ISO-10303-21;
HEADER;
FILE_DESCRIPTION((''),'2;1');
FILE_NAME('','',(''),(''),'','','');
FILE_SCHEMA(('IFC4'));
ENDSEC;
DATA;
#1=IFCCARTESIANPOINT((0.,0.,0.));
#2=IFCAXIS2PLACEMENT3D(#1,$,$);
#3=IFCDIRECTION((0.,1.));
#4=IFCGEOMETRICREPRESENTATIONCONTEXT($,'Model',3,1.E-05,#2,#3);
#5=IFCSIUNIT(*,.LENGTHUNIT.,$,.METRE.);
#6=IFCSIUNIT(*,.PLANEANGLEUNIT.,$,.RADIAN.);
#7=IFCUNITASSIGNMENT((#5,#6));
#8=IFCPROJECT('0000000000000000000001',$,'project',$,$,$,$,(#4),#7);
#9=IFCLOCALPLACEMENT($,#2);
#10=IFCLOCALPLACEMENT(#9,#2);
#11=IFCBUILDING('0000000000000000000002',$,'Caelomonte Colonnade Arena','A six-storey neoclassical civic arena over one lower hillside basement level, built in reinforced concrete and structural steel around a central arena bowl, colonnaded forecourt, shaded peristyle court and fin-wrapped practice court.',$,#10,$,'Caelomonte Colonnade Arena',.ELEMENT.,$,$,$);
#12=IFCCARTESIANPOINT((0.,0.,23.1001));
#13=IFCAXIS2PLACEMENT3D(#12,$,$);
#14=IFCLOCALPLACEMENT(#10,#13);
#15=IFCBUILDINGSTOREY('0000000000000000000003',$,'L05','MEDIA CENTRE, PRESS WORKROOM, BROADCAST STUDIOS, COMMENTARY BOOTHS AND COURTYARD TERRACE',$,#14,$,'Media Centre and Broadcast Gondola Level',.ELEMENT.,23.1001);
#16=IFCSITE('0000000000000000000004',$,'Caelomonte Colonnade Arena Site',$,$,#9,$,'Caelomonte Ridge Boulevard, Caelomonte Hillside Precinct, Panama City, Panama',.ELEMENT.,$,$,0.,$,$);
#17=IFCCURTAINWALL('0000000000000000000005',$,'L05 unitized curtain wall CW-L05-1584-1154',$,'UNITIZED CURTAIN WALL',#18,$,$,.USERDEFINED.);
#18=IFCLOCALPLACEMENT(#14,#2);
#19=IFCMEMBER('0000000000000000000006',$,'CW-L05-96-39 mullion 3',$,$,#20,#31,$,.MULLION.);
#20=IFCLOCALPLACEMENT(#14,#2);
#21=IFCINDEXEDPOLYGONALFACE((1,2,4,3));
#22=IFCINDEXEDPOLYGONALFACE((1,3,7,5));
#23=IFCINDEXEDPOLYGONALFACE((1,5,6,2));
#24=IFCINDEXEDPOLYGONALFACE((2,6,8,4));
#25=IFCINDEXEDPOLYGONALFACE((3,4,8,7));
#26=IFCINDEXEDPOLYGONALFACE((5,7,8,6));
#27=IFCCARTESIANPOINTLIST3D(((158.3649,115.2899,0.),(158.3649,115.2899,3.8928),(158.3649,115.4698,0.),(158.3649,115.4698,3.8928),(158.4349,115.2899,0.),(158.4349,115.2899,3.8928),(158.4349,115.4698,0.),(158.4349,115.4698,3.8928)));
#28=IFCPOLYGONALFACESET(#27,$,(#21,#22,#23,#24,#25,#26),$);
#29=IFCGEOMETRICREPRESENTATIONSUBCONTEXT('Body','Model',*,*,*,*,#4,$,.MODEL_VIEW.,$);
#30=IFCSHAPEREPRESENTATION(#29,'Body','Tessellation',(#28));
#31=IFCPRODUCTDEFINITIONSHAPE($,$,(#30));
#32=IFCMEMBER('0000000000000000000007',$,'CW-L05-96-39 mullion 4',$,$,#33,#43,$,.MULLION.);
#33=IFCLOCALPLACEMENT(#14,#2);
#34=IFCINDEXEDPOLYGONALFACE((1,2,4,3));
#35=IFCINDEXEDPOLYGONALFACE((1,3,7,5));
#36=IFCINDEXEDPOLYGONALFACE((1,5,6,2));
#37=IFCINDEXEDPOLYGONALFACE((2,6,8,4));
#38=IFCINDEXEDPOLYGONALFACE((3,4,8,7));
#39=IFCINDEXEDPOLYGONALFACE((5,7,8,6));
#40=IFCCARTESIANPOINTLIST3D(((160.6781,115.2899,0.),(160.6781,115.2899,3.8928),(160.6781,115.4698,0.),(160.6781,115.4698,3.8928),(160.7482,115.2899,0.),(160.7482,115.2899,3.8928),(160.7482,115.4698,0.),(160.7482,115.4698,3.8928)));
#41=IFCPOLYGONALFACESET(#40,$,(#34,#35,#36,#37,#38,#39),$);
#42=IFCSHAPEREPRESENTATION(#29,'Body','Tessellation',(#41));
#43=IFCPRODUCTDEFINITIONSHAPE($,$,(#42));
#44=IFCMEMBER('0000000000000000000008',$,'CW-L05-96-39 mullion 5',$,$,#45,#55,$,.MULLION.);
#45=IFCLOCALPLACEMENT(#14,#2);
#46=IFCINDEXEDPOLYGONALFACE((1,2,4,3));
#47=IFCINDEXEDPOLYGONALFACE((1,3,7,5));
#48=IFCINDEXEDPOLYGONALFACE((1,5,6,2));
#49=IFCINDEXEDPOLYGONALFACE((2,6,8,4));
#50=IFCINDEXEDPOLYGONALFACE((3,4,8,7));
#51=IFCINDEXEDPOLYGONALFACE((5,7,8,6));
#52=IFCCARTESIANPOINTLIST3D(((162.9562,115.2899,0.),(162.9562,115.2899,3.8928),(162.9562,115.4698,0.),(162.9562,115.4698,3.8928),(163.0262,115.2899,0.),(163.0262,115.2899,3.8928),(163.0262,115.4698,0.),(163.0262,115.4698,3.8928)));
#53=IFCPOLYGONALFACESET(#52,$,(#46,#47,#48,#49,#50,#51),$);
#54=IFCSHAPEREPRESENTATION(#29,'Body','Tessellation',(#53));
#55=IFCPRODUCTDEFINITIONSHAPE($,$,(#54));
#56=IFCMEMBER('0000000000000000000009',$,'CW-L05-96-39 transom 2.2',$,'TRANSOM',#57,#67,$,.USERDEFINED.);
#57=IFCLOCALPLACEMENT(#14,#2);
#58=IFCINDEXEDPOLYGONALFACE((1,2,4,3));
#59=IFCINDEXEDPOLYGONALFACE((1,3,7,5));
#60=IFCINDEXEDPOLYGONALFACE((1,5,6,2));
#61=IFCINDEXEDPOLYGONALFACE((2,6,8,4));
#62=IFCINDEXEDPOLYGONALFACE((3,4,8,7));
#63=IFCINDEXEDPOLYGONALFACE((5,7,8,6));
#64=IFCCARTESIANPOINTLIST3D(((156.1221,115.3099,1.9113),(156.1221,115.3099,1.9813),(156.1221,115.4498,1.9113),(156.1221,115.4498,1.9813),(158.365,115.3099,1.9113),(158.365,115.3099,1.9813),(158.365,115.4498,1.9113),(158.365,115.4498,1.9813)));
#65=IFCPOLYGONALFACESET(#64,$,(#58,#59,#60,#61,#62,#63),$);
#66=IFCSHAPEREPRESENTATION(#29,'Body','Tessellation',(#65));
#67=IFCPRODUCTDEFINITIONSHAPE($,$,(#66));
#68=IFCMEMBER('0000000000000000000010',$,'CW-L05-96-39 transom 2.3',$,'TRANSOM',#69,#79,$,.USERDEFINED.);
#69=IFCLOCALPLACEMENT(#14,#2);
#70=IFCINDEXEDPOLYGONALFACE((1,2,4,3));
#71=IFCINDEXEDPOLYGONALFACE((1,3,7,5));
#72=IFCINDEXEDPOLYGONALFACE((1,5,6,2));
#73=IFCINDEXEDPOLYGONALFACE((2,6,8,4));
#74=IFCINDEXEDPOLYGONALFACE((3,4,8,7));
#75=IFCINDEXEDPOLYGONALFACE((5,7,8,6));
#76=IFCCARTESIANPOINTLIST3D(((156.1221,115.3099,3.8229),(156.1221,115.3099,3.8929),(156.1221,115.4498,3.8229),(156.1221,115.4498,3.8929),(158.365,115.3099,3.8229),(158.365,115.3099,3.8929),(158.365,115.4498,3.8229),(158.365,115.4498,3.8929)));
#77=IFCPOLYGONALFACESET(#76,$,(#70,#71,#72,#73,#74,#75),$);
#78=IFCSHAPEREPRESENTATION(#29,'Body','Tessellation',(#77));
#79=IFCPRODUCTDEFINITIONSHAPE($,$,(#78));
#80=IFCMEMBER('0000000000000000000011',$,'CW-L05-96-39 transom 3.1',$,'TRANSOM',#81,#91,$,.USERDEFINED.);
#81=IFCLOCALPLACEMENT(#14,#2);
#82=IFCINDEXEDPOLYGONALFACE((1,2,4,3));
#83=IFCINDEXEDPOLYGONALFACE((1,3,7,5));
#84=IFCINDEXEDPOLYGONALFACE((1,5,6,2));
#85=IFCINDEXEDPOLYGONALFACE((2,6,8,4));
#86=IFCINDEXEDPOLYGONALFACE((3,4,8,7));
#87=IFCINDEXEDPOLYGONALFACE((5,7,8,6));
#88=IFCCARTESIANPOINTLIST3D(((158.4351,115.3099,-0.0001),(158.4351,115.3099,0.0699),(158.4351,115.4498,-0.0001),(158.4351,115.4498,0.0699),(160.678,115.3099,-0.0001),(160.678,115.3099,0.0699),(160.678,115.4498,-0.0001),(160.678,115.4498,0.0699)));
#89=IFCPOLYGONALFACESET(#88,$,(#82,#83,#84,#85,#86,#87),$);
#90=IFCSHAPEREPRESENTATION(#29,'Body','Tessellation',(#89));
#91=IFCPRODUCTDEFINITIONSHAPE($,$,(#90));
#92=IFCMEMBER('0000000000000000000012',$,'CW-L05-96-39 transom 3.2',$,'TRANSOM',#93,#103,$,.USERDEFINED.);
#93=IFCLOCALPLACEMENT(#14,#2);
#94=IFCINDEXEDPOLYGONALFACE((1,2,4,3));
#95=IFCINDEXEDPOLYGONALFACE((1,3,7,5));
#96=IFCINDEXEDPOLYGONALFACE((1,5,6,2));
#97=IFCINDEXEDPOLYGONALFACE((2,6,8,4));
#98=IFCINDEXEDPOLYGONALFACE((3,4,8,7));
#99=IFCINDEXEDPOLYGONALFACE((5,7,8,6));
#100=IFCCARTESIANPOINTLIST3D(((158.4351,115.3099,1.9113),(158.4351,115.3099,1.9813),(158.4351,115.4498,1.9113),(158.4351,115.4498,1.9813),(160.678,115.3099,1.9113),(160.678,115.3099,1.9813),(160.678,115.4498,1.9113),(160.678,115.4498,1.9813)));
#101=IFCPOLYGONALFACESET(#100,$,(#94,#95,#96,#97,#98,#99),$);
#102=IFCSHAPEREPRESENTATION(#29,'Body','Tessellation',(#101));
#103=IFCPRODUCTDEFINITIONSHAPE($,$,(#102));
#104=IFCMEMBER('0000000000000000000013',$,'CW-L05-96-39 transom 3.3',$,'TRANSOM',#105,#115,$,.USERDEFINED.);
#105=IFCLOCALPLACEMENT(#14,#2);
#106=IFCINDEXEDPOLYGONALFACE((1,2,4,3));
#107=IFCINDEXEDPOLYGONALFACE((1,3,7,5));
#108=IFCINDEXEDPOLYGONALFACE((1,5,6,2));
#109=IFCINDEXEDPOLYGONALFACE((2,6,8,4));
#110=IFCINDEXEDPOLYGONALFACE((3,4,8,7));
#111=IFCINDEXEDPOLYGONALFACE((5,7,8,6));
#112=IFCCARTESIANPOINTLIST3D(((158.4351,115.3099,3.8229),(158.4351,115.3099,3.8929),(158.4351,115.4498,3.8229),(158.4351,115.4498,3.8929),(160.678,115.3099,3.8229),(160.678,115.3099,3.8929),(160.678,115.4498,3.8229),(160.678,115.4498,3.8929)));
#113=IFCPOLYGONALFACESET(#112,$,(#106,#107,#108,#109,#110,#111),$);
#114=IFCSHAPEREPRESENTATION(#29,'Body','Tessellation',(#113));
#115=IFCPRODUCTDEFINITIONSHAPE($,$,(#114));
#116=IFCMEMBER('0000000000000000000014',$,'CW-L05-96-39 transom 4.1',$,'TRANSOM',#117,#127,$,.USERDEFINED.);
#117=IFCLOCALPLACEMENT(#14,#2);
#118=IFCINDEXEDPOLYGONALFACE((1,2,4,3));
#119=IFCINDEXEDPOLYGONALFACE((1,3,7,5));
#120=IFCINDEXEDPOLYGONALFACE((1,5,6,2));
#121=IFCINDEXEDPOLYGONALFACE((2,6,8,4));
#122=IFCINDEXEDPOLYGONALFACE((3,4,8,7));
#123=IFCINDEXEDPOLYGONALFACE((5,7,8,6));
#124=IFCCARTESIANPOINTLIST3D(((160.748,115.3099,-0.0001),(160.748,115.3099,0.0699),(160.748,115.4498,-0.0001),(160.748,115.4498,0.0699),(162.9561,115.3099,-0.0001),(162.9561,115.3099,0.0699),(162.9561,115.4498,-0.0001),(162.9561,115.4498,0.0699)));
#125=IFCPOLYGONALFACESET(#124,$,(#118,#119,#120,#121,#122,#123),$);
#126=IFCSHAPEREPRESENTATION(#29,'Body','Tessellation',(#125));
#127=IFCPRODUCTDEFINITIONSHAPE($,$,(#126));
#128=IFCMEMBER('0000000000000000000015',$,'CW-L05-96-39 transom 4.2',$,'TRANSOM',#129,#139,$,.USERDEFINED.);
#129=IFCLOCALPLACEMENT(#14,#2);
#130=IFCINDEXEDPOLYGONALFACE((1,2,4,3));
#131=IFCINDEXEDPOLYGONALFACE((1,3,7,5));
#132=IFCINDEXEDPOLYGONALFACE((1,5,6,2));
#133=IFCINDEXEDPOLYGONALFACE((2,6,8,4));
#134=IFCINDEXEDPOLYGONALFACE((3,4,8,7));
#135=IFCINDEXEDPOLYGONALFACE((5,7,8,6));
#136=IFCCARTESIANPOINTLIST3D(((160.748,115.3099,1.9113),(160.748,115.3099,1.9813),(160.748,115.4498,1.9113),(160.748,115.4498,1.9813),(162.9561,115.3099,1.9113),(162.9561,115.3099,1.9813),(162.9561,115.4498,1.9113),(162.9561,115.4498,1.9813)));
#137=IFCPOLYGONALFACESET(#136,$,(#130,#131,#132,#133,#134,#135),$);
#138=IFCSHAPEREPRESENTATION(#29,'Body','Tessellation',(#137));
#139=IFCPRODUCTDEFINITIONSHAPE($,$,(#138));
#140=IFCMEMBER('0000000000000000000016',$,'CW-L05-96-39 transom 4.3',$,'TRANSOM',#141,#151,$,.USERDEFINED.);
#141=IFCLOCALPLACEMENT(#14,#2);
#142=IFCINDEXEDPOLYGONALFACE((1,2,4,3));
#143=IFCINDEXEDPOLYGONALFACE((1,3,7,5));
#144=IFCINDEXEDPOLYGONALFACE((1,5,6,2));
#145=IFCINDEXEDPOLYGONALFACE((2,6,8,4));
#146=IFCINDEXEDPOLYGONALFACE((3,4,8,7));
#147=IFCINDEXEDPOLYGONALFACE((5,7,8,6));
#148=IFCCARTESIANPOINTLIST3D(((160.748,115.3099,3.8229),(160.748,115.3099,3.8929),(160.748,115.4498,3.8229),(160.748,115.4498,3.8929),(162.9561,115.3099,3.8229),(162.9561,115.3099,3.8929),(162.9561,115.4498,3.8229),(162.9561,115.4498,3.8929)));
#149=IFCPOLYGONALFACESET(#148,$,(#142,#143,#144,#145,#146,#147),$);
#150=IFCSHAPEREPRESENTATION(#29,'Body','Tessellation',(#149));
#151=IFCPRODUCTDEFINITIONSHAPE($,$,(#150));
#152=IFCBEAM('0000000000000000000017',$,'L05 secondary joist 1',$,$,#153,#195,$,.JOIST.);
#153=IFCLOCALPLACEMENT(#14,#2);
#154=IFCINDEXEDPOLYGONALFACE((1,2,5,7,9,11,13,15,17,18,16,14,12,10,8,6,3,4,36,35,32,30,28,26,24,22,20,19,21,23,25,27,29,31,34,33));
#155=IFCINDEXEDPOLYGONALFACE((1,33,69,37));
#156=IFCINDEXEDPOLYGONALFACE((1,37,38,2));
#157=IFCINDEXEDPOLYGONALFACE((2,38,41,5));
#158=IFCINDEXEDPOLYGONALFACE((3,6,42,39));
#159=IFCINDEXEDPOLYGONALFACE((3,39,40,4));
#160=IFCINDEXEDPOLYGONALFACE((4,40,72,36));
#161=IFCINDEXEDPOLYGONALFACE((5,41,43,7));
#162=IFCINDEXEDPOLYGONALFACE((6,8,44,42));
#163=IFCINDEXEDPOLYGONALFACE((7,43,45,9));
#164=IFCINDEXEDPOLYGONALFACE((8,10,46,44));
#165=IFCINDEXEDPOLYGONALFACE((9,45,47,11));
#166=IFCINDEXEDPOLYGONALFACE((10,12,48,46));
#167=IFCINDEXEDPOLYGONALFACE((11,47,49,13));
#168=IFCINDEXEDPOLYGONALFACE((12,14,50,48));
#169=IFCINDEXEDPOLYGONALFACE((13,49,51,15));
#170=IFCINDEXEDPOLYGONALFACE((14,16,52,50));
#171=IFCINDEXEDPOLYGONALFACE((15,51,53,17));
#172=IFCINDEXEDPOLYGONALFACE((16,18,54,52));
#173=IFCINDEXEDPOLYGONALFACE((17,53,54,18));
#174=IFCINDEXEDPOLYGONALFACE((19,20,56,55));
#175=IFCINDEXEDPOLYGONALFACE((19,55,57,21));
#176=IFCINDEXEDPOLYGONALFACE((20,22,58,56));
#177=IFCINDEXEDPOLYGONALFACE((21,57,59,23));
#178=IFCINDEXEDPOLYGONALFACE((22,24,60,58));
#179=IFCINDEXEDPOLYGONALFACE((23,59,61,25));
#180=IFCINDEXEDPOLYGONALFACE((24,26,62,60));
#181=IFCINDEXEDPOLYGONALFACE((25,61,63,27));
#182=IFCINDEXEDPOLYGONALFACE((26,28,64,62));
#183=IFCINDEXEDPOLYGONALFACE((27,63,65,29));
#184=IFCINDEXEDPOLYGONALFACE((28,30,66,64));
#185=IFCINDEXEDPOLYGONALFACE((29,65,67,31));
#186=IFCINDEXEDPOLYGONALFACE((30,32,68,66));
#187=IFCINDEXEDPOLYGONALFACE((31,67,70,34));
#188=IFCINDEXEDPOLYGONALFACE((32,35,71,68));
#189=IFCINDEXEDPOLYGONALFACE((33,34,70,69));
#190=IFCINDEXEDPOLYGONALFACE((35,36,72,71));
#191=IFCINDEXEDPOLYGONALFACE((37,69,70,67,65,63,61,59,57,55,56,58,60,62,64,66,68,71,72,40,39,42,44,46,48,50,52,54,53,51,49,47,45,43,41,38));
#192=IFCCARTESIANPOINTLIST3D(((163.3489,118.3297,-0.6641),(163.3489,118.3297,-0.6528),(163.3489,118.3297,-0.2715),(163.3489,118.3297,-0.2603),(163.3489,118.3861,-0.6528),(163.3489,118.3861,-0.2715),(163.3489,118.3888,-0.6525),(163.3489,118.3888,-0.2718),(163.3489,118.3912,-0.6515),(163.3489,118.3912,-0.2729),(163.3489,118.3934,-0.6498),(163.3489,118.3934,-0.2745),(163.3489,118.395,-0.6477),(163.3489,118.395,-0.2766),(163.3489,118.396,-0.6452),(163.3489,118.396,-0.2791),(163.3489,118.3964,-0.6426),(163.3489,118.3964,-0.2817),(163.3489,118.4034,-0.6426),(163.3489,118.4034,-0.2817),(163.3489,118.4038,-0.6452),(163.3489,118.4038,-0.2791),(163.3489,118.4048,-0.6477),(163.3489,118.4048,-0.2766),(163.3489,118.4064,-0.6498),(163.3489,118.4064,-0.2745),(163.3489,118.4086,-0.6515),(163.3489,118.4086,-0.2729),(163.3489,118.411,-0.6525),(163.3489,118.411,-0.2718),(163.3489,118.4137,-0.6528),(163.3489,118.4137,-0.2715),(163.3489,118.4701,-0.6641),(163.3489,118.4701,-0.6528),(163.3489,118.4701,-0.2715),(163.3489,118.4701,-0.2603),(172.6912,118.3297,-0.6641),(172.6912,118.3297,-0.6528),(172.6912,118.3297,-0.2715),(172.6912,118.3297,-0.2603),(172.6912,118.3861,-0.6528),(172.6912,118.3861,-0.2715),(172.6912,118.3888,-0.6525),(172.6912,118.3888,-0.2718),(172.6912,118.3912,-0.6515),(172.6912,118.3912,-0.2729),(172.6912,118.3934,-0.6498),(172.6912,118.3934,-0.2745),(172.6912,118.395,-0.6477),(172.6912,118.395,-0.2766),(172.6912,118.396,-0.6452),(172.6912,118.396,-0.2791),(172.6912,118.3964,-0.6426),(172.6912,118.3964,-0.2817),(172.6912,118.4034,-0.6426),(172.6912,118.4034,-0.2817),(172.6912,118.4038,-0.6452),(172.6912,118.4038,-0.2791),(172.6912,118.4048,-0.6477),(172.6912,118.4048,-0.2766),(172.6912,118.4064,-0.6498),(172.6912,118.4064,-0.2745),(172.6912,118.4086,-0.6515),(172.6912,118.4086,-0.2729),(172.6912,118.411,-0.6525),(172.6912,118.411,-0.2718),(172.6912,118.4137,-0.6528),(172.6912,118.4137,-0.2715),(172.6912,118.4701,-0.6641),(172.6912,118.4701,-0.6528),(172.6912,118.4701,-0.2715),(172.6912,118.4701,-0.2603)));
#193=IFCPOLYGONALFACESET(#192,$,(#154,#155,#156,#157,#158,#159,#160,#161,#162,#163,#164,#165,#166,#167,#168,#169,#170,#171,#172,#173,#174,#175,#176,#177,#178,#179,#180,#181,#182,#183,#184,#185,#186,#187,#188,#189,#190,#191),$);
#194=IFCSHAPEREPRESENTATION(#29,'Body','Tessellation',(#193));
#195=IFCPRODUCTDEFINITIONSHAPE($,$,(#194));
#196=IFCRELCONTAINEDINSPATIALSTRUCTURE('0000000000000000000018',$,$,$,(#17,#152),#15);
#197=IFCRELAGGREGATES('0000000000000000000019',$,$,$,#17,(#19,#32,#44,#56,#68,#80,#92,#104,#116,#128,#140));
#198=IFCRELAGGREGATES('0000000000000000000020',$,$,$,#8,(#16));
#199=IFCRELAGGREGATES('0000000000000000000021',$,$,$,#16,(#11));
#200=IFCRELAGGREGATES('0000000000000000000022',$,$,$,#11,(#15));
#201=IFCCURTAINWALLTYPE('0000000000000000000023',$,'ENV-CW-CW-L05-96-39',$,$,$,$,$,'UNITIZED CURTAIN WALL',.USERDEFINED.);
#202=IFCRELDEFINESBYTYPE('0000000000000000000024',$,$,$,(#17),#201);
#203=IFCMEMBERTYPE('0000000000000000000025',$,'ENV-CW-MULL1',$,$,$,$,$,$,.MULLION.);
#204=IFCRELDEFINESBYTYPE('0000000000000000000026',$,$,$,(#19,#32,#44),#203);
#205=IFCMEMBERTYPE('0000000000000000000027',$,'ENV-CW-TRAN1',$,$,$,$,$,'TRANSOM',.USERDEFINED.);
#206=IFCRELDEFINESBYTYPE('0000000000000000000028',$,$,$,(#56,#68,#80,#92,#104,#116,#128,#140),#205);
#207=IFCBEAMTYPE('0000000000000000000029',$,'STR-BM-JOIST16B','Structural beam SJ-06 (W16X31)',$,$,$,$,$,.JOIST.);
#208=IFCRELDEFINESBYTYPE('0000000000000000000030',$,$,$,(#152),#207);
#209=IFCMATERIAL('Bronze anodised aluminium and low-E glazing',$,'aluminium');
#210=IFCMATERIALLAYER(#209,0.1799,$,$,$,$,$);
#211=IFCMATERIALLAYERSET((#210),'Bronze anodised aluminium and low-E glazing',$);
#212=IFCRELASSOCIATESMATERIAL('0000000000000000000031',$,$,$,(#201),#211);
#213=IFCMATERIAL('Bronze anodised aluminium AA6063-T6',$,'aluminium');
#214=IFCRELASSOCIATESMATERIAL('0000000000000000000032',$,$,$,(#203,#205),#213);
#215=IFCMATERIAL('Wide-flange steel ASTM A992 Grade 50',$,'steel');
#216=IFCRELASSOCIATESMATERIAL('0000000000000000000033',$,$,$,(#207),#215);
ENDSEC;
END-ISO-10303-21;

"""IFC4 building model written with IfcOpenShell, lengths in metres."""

from ifc_helpers import new_model, si_unit, direction, frame, origin, origin_2d, place, context, subcontext, project, spatial, rectangle, i_section, extrude, material, layer, layer_set, material_profile, profile_set, type_object, element, aggregate, save


model = new_model("IFC4")

# Units and contexts
model_context = context("Model", 3, precision=1e-05, world=origin(), true_north=direction((0.0, 1.0)))
body_context = subcontext(model_context, "Body", "Model", "MODEL_VIEW")
ifc_project = project(units=[si_unit("LENGTHUNIT", "METRE"), si_unit("PLANEANGLEUNIT", "RADIAN")], contexts=[model_context])

# Site, building, storey
site_placement = place(None, origin())
site = spatial("IfcSite", under=ifc_project, at=site_placement, Name="Caelomonte Colonnade Arena Site", LongName="Caelomonte Ridge Boulevard, Caelomonte Hillside Precinct, Panama City, Panama", CompositionType="ELEMENT", RefElevation=0.0)
building_placement = place(site_placement, origin())
building = spatial("IfcBuilding", under=site, at=building_placement, Name="Caelomonte Colonnade Arena", Description="A six-storey neoclassical civic arena over one lower hillside basement level, built in reinforced concrete and structural steel around a central arena bowl, colonnaded forecourt, shaded peristyle court and fin-wrapped practice court.", LongName="Caelomonte Colonnade Arena", CompositionType="ELEMENT")
storey_placement = place(building_placement, frame((0.0, 0.0, 23.1001)))
storey = spatial("IfcBuildingStorey", under=building, at=storey_placement, Name="L05", Description="MEDIA CENTRE, PRESS WORKROOM, BROADCAST STUDIOS, COMMENTARY BOOTHS AND COURTYARD TERRACE", LongName="Media Centre and Broadcast Gondola Level", CompositionType="ELEMENT", Elevation=23.1001)

# Curtain wall, members
ifc_material_1 = material(Name="Bronze anodised aluminium and low-E glazing", Category="aluminium")
ifc_layer_1 = layer(ifc_material_1, 0.1799)
ifc_layer_set_1 = layer_set([ifc_layer_1], Name="Bronze anodised aluminium and low-E glazing")
curtain_wall_type = type_object("IfcCurtainWallType", Name="ENV-CW-CW-L05-96-39", ElementType="UNITIZED CURTAIN WALL", PredefinedType="USERDEFINED", material=ifc_layer_set_1)
curtain_wall_placement = place(storey_placement, origin())
curtain_wall = element("IfcCurtainWall", 1, at=curtain_wall_placement, inside=storey, type_object=curtain_wall_type, Name="L05 unitized curtain wall CW-L05-1584-1154", ObjectType="UNITIZED CURTAIN WALL", PredefinedType="USERDEFINED")
ifc_material_2 = material(Name="Bronze anodised aluminium AA6063-T6", Category="aluminium")
ifc_material_profile_1 = material_profile(ifc_material_2, rectangle(XDim=0.0701, YDim=0.1799, at=origin_2d()), Name="CWM-70X180")
ifc_profile_set_1 = profile_set([ifc_material_profile_1], Name="Bronze anodised aluminium AA6063-T6")
member_type_1 = type_object("IfcMemberType", Name="ENV-CW-MULL1", PredefinedType="MULLION", material=ifc_profile_set_1)
member_1_placement = place(storey_placement, frame((158.3999, 115.3799, 0.0), z_axis=(0.0, 0.0, 1.0), x_axis=(1.0, 0.0, 0.0)))
member_1 = element("IfcMember", 2, at=member_1_placement, type_object=member_type_1, Name="CW-L05-96-39 mullion 3", PredefinedType="MULLION", context=body_context, shape_type="SweptSolid", body=[
    extrude(rectangle(XDim=0.0701, YDim=0.1799, at=origin_2d()), origin(), (0.0, 0.0, 1.0), 3.8928),
])
member_2_placement = place(storey_placement, frame((160.7131, 115.3799, 0.0), z_axis=(0.0, 0.0, 1.0), x_axis=(1.0, 0.0, 0.0)))
member_2 = element("IfcMember", 3, at=member_2_placement, type_object=member_type_1, Name="CW-L05-96-39 mullion 4", PredefinedType="MULLION", context=body_context, shape_type="SweptSolid", body=[
    extrude(rectangle(XDim=0.0701, YDim=0.1799, at=origin_2d()), origin(), (0.0, 0.0, 1.0), 3.8928),
])
member_3_placement = place(storey_placement, frame((162.9912, 115.3799, 0.0), z_axis=(0.0, 0.0, 1.0), x_axis=(1.0, 0.0, 0.0)))
member_3 = element("IfcMember", 4, at=member_3_placement, type_object=member_type_1, Name="CW-L05-96-39 mullion 5", PredefinedType="MULLION", context=body_context, shape_type="SweptSolid", body=[
    extrude(rectangle(XDim=0.0701, YDim=0.1799, at=origin_2d()), origin(), (0.0, 0.0, 1.0), 3.8928),
])
ifc_material_profile_2 = material_profile(ifc_material_2, rectangle(XDim=0.0701, YDim=0.1399, at=origin_2d()), Name="CWT-70X140")
ifc_profile_set_2 = profile_set([ifc_material_profile_2], Name="Bronze anodised aluminium AA6063-T6")
member_type_2 = type_object("IfcMemberType", Name="ENV-CW-TRAN1", ElementType="TRANSOM", PredefinedType="USERDEFINED", material=ifc_profile_set_2)
member_4_placement = place(storey_placement, frame((156.1221, 115.3799, 1.9463), z_axis=(1.0, 0.0, 0.0), x_axis=(0.0, 0.0, 1.0)))
member_4 = element("IfcMember", 5, at=member_4_placement, type_object=member_type_2, Name="CW-L05-96-39 transom 2.2", ObjectType="TRANSOM", PredefinedType="USERDEFINED", context=body_context, shape_type="SweptSolid", body=[
    extrude(rectangle(XDim=0.0701, YDim=0.1399, at=origin_2d()), origin(), (0.0, 0.0, 1.0), 2.2429),
])
member_5_placement = place(storey_placement, frame((156.1221, 115.3799, 3.8579), z_axis=(1.0, 0.0, 0.0), x_axis=(0.0, 0.0, 1.0)))
member_5 = element("IfcMember", 6, at=member_5_placement, type_object=member_type_2, Name="CW-L05-96-39 transom 2.3", ObjectType="TRANSOM", PredefinedType="USERDEFINED", context=body_context, shape_type="SweptSolid", body=[
    extrude(rectangle(XDim=0.0701, YDim=0.1399, at=origin_2d()), origin(), (0.0, 0.0, 1.0), 2.2429),
])
member_6_placement = place(storey_placement, frame((158.4351, 115.3799, 0.0349), z_axis=(1.0, 0.0, 0.0), x_axis=(0.0, 0.0, 1.0)))
member_6 = element("IfcMember", 7, at=member_6_placement, type_object=member_type_2, Name="CW-L05-96-39 transom 3.1", ObjectType="TRANSOM", PredefinedType="USERDEFINED", context=body_context, shape_type="SweptSolid", body=[
    extrude(rectangle(XDim=0.0701, YDim=0.1399, at=origin_2d()), origin(), (0.0, 0.0, 1.0), 2.2429),
])
member_7_placement = place(storey_placement, frame((158.4351, 115.3799, 1.9463), z_axis=(1.0, 0.0, 0.0), x_axis=(0.0, 0.0, 1.0)))
member_7 = element("IfcMember", 8, at=member_7_placement, type_object=member_type_2, Name="CW-L05-96-39 transom 3.2", ObjectType="TRANSOM", PredefinedType="USERDEFINED", context=body_context, shape_type="SweptSolid", body=[
    extrude(rectangle(XDim=0.0701, YDim=0.1399, at=origin_2d()), origin(), (0.0, 0.0, 1.0), 2.2429),
])
member_8_placement = place(storey_placement, frame((158.4351, 115.3799, 3.8579), z_axis=(1.0, 0.0, 0.0), x_axis=(0.0, 0.0, 1.0)))
member_8 = element("IfcMember", 9, at=member_8_placement, type_object=member_type_2, Name="CW-L05-96-39 transom 3.3", ObjectType="TRANSOM", PredefinedType="USERDEFINED", context=body_context, shape_type="SweptSolid", body=[
    extrude(rectangle(XDim=0.0701, YDim=0.1399, at=origin_2d()), origin(), (0.0, 0.0, 1.0), 2.2429),
])
member_9_placement = place(storey_placement, frame((160.748, 115.3799, 0.0349), z_axis=(1.0, 0.0, 0.0), x_axis=(0.0, 0.0, 1.0)))
member_9 = element("IfcMember", 10, at=member_9_placement, type_object=member_type_2, Name="CW-L05-96-39 transom 4.1", ObjectType="TRANSOM", PredefinedType="USERDEFINED", context=body_context, shape_type="SweptSolid", body=[
    extrude(rectangle(XDim=0.0701, YDim=0.1399, at=origin_2d()), origin(), (0.0, 0.0, 1.0), 2.208),
])
member_10_placement = place(storey_placement, frame((160.748, 115.3799, 1.9463), z_axis=(1.0, 0.0, 0.0), x_axis=(0.0, 0.0, 1.0)))
member_10 = element("IfcMember", 11, at=member_10_placement, type_object=member_type_2, Name="CW-L05-96-39 transom 4.2", ObjectType="TRANSOM", PredefinedType="USERDEFINED", context=body_context, shape_type="SweptSolid", body=[
    extrude(rectangle(XDim=0.0701, YDim=0.1399, at=origin_2d()), origin(), (0.0, 0.0, 1.0), 2.208),
])
member_11_placement = place(storey_placement, frame((160.748, 115.3799, 3.8579), z_axis=(1.0, 0.0, 0.0), x_axis=(0.0, 0.0, 1.0)))
member_11 = element("IfcMember", 12, at=member_11_placement, type_object=member_type_2, Name="CW-L05-96-39 transom 4.3", ObjectType="TRANSOM", PredefinedType="USERDEFINED", context=body_context, shape_type="SweptSolid", body=[
    extrude(rectangle(XDim=0.0701, YDim=0.1399, at=origin_2d()), origin(), (0.0, 0.0, 1.0), 2.208),
])

# Beam
ifc_material_3 = material(Name="Wide-flange steel ASTM A992 Grade 50", Category="steel")
ifc_material_profile_3 = material_profile(ifc_material_3, i_section(OverallWidth=0.1404, OverallDepth=0.4038, WebThickness=0.0071, FlangeThickness=0.0112, FilletRadius=0.0103, at=origin_2d()), Name="W16X31")
ifc_profile_set_3 = profile_set([ifc_material_profile_3], Name="Wide-flange steel ASTM A992 Grade 50")
beam_type = type_object("IfcBeamType", Name="STR-BM-JOIST16B", Description="Structural beam SJ-06 (W16X31)", PredefinedType="JOIST", material=ifc_profile_set_3)
for number, where, z_axis, x_axis, name in (
    (13, (163.3489, 118.3999, -0.4622), (1.0, 0.0, 0.0), (0.0, 1.0, 0.0), "L05 secondary joist 1"),
):
    element("IfcBeam", number, at=place(storey_placement, frame(where, z_axis=z_axis, x_axis=x_axis)), inside=storey, type_object=beam_type, Name=name, PredefinedType="JOIST", context=body_context, shape_type="SweptSolid", body=[
        extrude(i_section(OverallWidth=0.1404, OverallDepth=0.4038, WebThickness=0.0071, FlangeThickness=0.0112, FilletRadius=0.0103, at=origin_2d()), origin(), (0.0, 0.0, 1.0), 9.3423),
    ])

aggregate(curtain_wall, [member_1, member_2, member_3, member_4, member_5, member_6, member_7, member_8, member_9, member_10, member_11])

save(model, "model.ifc")
